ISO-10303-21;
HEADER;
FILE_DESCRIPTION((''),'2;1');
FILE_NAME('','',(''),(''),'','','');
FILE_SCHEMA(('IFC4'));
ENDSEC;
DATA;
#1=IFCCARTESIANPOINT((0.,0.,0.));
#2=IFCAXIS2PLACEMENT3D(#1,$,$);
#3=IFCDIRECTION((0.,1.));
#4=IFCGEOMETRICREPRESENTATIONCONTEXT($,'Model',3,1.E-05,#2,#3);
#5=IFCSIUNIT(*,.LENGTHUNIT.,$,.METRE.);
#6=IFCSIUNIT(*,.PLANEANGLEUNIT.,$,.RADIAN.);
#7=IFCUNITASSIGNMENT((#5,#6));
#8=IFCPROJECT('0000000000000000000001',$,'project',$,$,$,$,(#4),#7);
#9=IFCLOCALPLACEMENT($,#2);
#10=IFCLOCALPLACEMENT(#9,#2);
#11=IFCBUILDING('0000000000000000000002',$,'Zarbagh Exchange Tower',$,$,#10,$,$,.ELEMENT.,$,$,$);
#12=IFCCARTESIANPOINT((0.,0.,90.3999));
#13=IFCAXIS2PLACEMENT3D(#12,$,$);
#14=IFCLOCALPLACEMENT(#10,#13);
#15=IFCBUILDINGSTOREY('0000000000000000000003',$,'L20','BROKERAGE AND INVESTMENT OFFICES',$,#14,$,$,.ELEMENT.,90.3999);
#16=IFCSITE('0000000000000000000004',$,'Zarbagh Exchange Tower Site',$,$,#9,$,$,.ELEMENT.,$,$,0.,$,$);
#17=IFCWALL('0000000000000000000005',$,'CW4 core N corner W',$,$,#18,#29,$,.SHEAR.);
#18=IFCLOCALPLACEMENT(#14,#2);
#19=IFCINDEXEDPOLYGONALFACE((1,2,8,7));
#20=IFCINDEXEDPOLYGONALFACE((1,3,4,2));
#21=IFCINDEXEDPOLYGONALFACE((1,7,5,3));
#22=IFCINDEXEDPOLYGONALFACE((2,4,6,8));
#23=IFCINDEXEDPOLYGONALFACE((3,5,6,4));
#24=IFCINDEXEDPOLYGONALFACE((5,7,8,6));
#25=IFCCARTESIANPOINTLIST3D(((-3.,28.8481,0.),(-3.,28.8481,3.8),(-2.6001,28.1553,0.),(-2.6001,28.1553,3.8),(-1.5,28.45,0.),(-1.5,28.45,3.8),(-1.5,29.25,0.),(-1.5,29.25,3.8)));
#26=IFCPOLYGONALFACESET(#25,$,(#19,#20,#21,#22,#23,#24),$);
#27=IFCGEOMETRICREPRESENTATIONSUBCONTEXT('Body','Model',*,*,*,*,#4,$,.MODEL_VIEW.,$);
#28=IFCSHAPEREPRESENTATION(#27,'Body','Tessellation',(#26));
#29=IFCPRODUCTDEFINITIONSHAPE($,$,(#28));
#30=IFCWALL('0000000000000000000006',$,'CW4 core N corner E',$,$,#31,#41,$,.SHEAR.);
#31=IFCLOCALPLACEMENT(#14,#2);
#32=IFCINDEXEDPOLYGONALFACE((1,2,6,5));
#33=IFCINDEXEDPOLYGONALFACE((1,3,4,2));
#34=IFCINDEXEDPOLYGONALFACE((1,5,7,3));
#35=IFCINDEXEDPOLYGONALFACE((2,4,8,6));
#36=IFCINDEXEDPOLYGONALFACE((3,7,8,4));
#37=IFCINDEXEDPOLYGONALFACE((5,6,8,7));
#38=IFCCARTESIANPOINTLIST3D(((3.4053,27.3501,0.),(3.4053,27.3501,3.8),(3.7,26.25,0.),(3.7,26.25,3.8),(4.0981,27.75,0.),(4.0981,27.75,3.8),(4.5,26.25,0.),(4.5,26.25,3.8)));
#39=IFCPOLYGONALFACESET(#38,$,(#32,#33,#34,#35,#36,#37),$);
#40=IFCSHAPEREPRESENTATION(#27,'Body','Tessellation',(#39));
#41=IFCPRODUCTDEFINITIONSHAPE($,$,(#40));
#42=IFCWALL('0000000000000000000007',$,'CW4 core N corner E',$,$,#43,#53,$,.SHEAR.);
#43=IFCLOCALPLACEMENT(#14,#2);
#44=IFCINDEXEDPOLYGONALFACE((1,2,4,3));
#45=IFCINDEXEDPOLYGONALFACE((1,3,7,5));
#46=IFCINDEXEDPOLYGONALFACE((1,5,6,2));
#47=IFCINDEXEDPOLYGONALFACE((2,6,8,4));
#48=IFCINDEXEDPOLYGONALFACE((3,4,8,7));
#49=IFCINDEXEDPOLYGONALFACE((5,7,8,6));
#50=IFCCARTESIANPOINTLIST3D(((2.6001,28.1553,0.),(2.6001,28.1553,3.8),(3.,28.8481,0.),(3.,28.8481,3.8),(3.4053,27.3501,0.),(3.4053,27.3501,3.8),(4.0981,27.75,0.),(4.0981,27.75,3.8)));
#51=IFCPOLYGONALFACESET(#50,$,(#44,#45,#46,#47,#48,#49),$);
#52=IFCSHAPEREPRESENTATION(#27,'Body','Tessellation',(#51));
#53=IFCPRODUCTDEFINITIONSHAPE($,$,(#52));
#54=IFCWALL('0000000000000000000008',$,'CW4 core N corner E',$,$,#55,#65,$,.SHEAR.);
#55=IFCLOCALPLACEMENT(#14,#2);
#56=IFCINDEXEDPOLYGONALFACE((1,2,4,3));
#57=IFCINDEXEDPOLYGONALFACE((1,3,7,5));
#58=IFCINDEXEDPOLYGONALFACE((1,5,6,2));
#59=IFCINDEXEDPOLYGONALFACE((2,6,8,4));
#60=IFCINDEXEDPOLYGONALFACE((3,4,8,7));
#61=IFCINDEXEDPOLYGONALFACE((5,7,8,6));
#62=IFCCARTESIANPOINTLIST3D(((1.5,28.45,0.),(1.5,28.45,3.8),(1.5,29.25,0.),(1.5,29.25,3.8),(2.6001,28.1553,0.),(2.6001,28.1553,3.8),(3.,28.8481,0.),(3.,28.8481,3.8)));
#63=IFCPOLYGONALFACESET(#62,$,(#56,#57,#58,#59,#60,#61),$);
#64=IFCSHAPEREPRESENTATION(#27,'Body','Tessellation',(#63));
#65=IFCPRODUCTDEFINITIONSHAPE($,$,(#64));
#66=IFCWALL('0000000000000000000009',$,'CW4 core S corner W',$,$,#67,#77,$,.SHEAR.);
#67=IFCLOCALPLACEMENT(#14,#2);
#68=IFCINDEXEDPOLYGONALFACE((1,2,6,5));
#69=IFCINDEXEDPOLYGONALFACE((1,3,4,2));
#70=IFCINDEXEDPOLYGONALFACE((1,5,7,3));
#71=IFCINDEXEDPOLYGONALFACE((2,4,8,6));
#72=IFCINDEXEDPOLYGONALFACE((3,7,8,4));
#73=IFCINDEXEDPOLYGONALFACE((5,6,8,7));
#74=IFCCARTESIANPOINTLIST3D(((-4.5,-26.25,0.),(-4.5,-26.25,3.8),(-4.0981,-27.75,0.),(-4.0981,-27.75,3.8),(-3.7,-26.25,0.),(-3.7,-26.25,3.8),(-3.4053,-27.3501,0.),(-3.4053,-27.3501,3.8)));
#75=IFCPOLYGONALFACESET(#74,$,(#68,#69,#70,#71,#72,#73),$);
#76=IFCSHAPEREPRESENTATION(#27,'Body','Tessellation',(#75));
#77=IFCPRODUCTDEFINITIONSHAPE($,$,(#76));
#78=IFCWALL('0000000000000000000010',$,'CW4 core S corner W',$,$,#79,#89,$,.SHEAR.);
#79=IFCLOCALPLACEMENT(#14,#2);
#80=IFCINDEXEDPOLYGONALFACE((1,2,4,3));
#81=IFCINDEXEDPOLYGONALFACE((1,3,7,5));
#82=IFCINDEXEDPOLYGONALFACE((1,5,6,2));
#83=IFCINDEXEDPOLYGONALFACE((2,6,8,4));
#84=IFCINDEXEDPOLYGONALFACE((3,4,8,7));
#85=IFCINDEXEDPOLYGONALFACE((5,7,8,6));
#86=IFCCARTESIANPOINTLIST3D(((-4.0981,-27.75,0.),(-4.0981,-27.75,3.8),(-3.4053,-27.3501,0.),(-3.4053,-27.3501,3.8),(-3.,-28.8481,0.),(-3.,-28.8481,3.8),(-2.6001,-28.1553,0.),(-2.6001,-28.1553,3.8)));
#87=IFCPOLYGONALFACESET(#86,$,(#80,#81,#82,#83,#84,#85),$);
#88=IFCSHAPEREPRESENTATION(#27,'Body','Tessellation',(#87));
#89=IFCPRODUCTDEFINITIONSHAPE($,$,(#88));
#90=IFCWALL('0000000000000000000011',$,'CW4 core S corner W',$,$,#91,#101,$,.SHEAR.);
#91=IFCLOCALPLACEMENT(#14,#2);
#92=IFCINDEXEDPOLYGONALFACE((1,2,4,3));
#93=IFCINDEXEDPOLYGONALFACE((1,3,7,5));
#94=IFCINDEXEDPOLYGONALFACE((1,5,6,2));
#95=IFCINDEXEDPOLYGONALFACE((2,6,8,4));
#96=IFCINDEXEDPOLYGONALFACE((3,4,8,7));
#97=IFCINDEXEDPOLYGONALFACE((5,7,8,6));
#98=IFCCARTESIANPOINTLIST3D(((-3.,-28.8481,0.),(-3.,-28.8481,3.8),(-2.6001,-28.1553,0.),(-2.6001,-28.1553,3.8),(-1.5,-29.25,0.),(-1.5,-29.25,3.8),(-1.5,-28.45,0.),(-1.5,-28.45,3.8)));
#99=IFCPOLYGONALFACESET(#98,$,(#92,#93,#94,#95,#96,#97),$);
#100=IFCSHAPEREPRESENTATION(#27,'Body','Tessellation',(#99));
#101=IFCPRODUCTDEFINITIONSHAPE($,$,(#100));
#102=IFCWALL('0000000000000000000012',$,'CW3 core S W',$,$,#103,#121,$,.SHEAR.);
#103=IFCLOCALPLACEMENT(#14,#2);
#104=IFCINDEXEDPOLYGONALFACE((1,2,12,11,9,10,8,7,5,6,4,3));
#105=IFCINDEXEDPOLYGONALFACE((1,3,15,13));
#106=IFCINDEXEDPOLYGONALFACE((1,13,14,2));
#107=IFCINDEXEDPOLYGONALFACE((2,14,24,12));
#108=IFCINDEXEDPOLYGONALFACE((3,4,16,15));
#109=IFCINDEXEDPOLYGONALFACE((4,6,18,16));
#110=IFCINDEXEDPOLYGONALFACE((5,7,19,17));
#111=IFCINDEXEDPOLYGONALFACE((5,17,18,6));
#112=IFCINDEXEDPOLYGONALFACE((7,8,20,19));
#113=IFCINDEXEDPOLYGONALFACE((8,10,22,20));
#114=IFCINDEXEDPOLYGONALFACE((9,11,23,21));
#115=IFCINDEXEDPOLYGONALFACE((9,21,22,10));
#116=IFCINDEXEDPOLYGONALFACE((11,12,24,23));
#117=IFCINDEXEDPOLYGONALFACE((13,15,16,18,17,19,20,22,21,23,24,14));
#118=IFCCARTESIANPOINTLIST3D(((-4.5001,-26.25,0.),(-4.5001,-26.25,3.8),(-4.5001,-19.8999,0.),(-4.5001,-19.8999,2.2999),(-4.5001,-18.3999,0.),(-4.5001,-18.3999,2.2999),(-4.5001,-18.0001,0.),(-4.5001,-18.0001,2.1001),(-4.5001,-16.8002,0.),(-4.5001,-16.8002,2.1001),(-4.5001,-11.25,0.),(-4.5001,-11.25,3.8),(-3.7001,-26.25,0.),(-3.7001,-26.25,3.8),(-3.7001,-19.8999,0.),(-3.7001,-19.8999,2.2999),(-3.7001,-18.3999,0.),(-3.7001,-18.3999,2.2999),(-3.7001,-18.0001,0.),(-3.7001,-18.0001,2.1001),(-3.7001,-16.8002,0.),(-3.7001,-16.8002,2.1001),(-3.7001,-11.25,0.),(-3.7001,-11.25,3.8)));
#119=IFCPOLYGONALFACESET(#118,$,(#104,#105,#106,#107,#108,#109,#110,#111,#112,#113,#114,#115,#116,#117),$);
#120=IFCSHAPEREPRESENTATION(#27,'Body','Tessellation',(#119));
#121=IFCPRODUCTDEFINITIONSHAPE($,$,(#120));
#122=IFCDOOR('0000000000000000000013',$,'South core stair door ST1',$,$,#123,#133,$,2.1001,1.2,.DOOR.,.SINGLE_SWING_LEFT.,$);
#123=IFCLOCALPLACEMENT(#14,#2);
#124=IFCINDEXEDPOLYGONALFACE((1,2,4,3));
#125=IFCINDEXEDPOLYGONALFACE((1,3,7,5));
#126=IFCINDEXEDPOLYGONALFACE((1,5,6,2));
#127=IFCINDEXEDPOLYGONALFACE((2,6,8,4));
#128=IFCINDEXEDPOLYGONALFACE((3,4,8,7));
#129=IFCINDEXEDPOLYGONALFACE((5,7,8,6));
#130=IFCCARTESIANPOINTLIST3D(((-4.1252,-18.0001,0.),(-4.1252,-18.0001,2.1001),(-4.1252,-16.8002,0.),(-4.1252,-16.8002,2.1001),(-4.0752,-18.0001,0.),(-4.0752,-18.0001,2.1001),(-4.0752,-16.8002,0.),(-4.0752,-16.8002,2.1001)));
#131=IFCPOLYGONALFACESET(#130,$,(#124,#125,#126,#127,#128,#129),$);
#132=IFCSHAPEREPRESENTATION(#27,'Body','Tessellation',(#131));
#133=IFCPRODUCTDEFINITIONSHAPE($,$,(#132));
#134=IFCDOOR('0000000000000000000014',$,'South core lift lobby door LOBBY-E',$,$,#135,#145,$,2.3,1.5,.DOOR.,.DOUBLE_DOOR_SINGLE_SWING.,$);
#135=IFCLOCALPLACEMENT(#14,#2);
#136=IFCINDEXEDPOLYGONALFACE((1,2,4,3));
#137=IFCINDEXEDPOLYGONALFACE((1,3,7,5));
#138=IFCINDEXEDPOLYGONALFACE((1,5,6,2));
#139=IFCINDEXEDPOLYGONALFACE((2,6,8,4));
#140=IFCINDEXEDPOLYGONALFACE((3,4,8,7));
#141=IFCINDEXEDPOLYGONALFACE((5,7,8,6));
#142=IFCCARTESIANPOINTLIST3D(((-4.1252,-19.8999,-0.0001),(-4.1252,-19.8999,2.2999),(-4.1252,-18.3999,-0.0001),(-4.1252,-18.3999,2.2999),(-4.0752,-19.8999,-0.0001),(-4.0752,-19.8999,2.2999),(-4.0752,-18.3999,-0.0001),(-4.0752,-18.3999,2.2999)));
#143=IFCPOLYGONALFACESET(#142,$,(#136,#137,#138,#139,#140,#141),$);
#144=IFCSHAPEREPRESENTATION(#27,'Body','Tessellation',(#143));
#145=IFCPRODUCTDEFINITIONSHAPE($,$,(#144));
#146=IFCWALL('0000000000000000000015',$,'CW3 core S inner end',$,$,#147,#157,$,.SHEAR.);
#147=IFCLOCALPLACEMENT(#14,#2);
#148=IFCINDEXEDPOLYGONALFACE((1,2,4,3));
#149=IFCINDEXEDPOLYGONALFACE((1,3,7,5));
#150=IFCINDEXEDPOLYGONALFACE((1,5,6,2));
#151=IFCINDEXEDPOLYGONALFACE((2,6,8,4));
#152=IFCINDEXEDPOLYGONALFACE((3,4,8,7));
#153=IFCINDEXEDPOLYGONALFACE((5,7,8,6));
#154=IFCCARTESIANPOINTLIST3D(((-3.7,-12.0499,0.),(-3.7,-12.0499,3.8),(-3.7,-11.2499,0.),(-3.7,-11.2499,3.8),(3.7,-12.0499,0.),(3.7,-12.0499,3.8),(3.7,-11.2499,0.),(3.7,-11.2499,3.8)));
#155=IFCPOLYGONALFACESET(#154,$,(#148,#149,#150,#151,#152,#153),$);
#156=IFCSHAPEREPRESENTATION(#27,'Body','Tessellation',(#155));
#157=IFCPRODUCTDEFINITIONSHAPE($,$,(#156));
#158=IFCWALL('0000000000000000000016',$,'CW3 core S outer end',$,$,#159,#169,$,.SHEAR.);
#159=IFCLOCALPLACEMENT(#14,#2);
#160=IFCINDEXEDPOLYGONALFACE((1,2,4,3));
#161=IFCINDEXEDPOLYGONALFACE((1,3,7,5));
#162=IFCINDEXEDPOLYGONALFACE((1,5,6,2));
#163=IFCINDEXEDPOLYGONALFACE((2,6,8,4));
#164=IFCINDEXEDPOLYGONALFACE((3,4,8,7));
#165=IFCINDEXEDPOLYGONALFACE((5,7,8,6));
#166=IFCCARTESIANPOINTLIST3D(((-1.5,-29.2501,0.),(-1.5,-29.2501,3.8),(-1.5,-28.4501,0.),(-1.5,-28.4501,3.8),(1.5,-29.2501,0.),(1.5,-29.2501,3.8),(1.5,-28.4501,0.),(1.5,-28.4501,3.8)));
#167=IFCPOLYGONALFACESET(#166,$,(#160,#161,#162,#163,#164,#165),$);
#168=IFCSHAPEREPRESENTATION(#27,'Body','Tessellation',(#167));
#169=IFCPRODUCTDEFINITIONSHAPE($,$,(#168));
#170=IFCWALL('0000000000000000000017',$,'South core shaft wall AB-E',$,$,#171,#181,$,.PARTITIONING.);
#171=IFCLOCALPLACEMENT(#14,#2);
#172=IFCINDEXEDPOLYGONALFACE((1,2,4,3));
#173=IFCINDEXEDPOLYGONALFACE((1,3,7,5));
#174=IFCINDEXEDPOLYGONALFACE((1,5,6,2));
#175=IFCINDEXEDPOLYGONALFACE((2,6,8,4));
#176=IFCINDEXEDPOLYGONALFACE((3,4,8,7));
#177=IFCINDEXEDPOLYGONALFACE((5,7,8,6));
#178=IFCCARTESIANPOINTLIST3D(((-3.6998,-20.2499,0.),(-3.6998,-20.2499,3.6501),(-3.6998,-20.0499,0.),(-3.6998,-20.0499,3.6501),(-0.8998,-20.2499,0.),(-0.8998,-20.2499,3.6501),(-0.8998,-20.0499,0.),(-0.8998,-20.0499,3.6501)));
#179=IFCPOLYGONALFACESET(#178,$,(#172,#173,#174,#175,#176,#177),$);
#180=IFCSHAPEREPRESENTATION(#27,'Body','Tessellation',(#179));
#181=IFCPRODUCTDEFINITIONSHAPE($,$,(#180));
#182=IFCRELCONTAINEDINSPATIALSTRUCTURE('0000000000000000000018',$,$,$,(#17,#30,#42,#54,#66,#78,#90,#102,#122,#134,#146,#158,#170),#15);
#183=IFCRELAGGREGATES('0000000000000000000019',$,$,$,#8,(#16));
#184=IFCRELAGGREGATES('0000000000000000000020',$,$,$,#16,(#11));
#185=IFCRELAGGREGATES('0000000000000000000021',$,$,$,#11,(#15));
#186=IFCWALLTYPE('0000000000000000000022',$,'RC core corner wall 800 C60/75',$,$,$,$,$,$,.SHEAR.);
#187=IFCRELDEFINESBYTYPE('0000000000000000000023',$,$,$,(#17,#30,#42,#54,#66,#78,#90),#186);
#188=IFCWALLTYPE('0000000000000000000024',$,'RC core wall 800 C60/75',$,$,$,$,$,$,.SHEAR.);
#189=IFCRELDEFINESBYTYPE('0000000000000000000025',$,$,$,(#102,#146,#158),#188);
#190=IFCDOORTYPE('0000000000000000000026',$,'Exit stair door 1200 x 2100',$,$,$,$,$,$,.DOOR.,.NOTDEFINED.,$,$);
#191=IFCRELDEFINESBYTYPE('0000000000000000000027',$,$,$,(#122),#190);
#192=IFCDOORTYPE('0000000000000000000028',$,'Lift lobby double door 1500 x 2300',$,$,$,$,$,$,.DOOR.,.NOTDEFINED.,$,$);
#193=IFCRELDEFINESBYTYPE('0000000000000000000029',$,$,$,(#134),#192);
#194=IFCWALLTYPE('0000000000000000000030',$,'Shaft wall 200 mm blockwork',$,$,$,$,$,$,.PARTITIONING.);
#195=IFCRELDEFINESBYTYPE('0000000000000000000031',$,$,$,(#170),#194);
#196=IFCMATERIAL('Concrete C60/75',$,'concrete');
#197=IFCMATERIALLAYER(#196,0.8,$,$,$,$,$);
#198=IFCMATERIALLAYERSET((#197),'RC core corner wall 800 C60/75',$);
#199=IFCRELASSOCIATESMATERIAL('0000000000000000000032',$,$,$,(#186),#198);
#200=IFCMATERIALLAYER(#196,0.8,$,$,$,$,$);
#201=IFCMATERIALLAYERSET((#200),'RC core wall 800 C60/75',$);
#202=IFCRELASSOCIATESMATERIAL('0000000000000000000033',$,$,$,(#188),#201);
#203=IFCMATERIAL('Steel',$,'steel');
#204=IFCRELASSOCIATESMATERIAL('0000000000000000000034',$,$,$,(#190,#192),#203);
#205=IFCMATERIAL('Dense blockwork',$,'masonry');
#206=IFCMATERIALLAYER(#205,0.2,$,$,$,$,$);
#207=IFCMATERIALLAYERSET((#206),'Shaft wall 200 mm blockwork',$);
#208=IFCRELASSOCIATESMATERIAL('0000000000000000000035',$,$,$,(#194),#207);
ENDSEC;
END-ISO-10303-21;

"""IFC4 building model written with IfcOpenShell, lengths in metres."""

from ifc_helpers import new_model, si_unit, direction, frame, frame_2d, origin, place, context, subcontext, project, spatial, polyline, rectangle, outline, extrude, material, layer, layer_set, type_object, element, fill, save


model = new_model("IFC4")

# Units and contexts
model_context = context("Model", 3, precision=1e-05, world=origin(), true_north=direction((0.0, 1.0)))
body_context = subcontext(model_context, "Body", "Model", "MODEL_VIEW")
ifc_project = project(units=[si_unit("LENGTHUNIT", "METRE"), si_unit("PLANEANGLEUNIT", "RADIAN")], contexts=[model_context])

# Site, building, storey
site_placement = place(None, origin())
site = spatial("IfcSite", under=ifc_project, at=site_placement, Name="Zarbagh Exchange Tower Site", CompositionType="ELEMENT", RefElevation=0.0)
building_placement = place(site_placement, origin())
building = spatial("IfcBuilding", under=site, at=building_placement, Name="Zarbagh Exchange Tower", CompositionType="ELEMENT")
storey_placement = place(building_placement, frame((0.0, 0.0, 90.3999)))
storey = spatial("IfcBuildingStorey", under=building, at=storey_placement, Name="L20", Description="BROKERAGE AND INVESTMENT OFFICES", CompositionType="ELEMENT", Elevation=90.3999)

# Shared definitions
ifc_material_1 = material(Name="Concrete C60/75", Category="concrete")

# Walls
ifc_layer_1 = layer(ifc_material_1, 0.8)
ifc_layer_set_1 = layer_set([ifc_layer_1], Name="RC core corner wall 800 C60/75")
wall_type_1 = type_object("IfcWallType", Name="RC core corner wall 800 C60/75", PredefinedType="SHEAR", material=ifc_layer_set_1)
wall_1_placement = place(storey_placement, origin())
element("IfcWall", 1, at=wall_1_placement, inside=storey, type_object=wall_type_1, Name="CW4 core N corner W", PredefinedType="SHEAR", context=body_context, shape_type="SweptSolid", body=[
    extrude(outline(polyline([(-3.0, 28.8481), (-1.5, 29.25), (-1.5, 28.45), (-2.6001, 28.1553), (-3.0, 28.8481)])), origin(), (0.0, 0.0, 1.0), 3.8),
])
wall_2_placement = place(storey_placement, origin())
element("IfcWall", 2, at=wall_2_placement, inside=storey, type_object=wall_type_1, Name="CW4 core N corner E", PredefinedType="SHEAR", context=body_context, shape_type="SweptSolid", body=[
    extrude(outline(polyline([(4.5, 26.25), (4.0981, 27.75), (3.4053, 27.3501), (3.7, 26.25), (4.5, 26.25)])), origin(), (0.0, 0.0, 1.0), 3.8),
])
wall_3_placement = place(storey_placement, origin())
element("IfcWall", 3, at=wall_3_placement, inside=storey, type_object=wall_type_1, Name="CW4 core N corner E", PredefinedType="SHEAR", context=body_context, shape_type="SweptSolid", body=[
    extrude(outline(polyline([(4.0981, 27.75), (3.0, 28.8481), (2.6001, 28.1553), (3.4053, 27.3501), (4.0981, 27.75)])), origin(), (0.0, 0.0, 1.0), 3.8),
])
wall_4_placement = place(storey_placement, origin())
element("IfcWall", 4, at=wall_4_placement, inside=storey, type_object=wall_type_1, Name="CW4 core N corner E", PredefinedType="SHEAR", context=body_context, shape_type="SweptSolid", body=[
    extrude(outline(polyline([(3.0, 28.8481), (1.5, 29.25), (1.5, 28.45), (2.6001, 28.1553), (3.0, 28.8481)])), origin(), (0.0, 0.0, 1.0), 3.8),
])
wall_5_placement = place(storey_placement, origin())
element("IfcWall", 5, at=wall_5_placement, inside=storey, type_object=wall_type_1, Name="CW4 core S corner W", PredefinedType="SHEAR", context=body_context, shape_type="SweptSolid", body=[
    extrude(outline(polyline([(-4.5, -26.25), (-4.0981, -27.75), (-3.4053, -27.3501), (-3.7, -26.25), (-4.5, -26.25)])), origin(), (0.0, 0.0, 1.0), 3.8),
])
wall_6_placement = place(storey_placement, origin())
element("IfcWall", 6, at=wall_6_placement, inside=storey, type_object=wall_type_1, Name="CW4 core S corner W", PredefinedType="SHEAR", context=body_context, shape_type="SweptSolid", body=[
    extrude(outline(polyline([(-4.0981, -27.75), (-3.0, -28.8481), (-2.6001, -28.1553), (-3.4053, -27.3501), (-4.0981, -27.75)])), origin(), (0.0, 0.0, 1.0), 3.8),
])
wall_7_placement = place(storey_placement, origin())
element("IfcWall", 7, at=wall_7_placement, inside=storey, type_object=wall_type_1, Name="CW4 core S corner W", PredefinedType="SHEAR", context=body_context, shape_type="SweptSolid", body=[
    extrude(outline(polyline([(-3.0, -28.8481), (-1.5, -29.25), (-1.5, -28.45), (-2.6001, -28.1553), (-3.0, -28.8481)])), origin(), (0.0, 0.0, 1.0), 3.8),
])

# Wall, openings, doors
ifc_layer_2 = layer(ifc_material_1, 0.8)
ifc_layer_set_2 = layer_set([ifc_layer_2], Name="RC core wall 800 C60/75")
wall_type_2 = type_object("IfcWallType", Name="RC core wall 800 C60/75", PredefinedType="SHEAR", material=ifc_layer_set_2)
wall_8_placement = place(storey_placement, frame((-4.1001, -11.25, 0.0), z_axis=(0.0, 0.0, 1.0), x_axis=(0.0, -1.0, 0.0)))
wall_8 = element("IfcWall", 8, at=wall_8_placement, inside=storey, type_object=wall_type_2, Name="CW3 core S W", PredefinedType="SHEAR", context=body_context, shape_type="SweptSolid", body=[
    extrude(rectangle(XDim=15.0, YDim=0.8, at=frame_2d((7.5, 0.0))), origin(), (0.0, 0.0, 1.0), 3.8),
])
opening_1_placement = place(wall_8_placement, frame((7.1499, 0.0, 0.0)))
opening_1 = element("IfcOpeningElement", 9, at=opening_1_placement, cuts=wall_8, PredefinedType="OPENING", context=body_context, shape_type="SweptSolid", body=[
    extrude(rectangle(XDim=1.5, YDim=2.3, at=frame_2d((0.75, 1.1499))), frame((0.0, 0.4099, 0.0), z_axis=(0.0, -1.0, 0.0), x_axis=(1.0, 0.0, 0.0)), (0.0, 0.0, 1.0), 0.8201),
])
opening_2_placement = place(wall_8_placement, frame((5.55, 0.0, 0.0)))
opening_2 = element("IfcOpeningElement", 10, at=opening_2_placement, cuts=wall_8, PredefinedType="OPENING", context=body_context, shape_type="SweptSolid", body=[
    extrude(rectangle(XDim=1.2, YDim=2.1001, at=frame_2d((0.6001, 1.05))), frame((0.0, 0.4099, 0.0), z_axis=(0.0, -1.0, 0.0), x_axis=(1.0, 0.0, 0.0)), (0.0, 0.0, 1.0), 0.8201),
])
ifc_material_2 = material(Name="Steel", Category="steel")
door_type_1 = type_object("IfcDoorType", Name="Exit stair door 1200 x 2100", OperationType="NOTDEFINED", PredefinedType="DOOR", material=ifc_material_2)
door_1_placement = place(opening_2_placement, origin())
door_1 = element("IfcDoor", 11, at=door_1_placement, inside=storey, type_object=door_type_1, Name="South core stair door ST1", OperationType="SINGLE_SWING_LEFT", OverallHeight=2.1001, OverallWidth=1.2, PredefinedType="DOOR", context=body_context, shape_type="SweptSolid", body=[
    extrude(rectangle(XDim=1.2, YDim=2.1001, at=frame_2d((0.6001, 1.05))), frame((0.0, 0.0249, 0.0), z_axis=(0.0, -1.0, 0.0), x_axis=(1.0, 0.0, 0.0)), (0.0, 0.0, 1.0), 0.05),
])
fill(opening_2, door_1)
door_type_2 = type_object("IfcDoorType", Name="Lift lobby double door 1500 x 2300", OperationType="NOTDEFINED", PredefinedType="DOOR", material=ifc_material_2)
door_2_placement = place(opening_1_placement, origin())
door_2 = element("IfcDoor", 12, at=door_2_placement, inside=storey, type_object=door_type_2, Name="South core lift lobby door LOBBY-E", OperationType="DOUBLE_DOOR_SINGLE_SWING", OverallHeight=2.3, OverallWidth=1.5, PredefinedType="DOOR", context=body_context, shape_type="SweptSolid", body=[
    extrude(rectangle(XDim=1.5, YDim=2.3, at=frame_2d((0.75, 1.1499))), frame((0.0, 0.0249, 0.0), z_axis=(0.0, -1.0, 0.0), x_axis=(1.0, 0.0, 0.0)), (0.0, 0.0, 1.0), 0.05),
])
fill(opening_1, door_2)

# Walls
wall_9_placement = place(storey_placement, frame((-3.7, -11.6499, 0.0), z_axis=(0.0, 0.0, 1.0), x_axis=(1.0, 0.0, 0.0)))
element("IfcWall", 13, at=wall_9_placement, inside=storey, type_object=wall_type_2, Name="CW3 core S inner end", PredefinedType="SHEAR", context=body_context, shape_type="SweptSolid", body=[
    extrude(rectangle(XDim=7.3999, YDim=0.8, at=frame_2d((3.7, 0.0))), origin(), (0.0, 0.0, 1.0), 3.8),
])
wall_10_placement = place(storey_placement, frame((-1.5, -28.8501, 0.0), z_axis=(0.0, 0.0, 1.0), x_axis=(1.0, 0.0, 0.0)))
element("IfcWall", 14, at=wall_10_placement, inside=storey, type_object=wall_type_2, Name="CW3 core S outer end", PredefinedType="SHEAR", context=body_context, shape_type="SweptSolid", body=[
    extrude(rectangle(XDim=3.0, YDim=0.8, at=frame_2d((1.5, 0.0))), origin(), (0.0, 0.0, 1.0), 3.8),
])
ifc_material_3 = material(Name="Dense blockwork", Category="masonry")
ifc_layer_3 = layer(ifc_material_3, 0.2)
ifc_layer_set_3 = layer_set([ifc_layer_3], Name="Shaft wall 200 mm blockwork")
wall_type_3 = type_object("IfcWallType", Name="Shaft wall 200 mm blockwork", PredefinedType="PARTITIONING", material=ifc_layer_set_3)
wall_11_placement = place(storey_placement, frame((-0.8999, -20.1499, 0.0), z_axis=(0.0, 0.0, 1.0), x_axis=(-1.0, 0.0, 0.0)))
element("IfcWall", 15, at=wall_11_placement, inside=storey, type_object=wall_type_3, Name="South core shaft wall AB-E", PredefinedType="PARTITIONING", context=body_context, shape_type="SweptSolid", body=[
    extrude(rectangle(XDim=2.8, YDim=0.2, at=frame_2d((1.3999, 0.0))), origin(), (0.0, 0.0, 1.0), 3.6501),
])

save(model, "model.ifc")
